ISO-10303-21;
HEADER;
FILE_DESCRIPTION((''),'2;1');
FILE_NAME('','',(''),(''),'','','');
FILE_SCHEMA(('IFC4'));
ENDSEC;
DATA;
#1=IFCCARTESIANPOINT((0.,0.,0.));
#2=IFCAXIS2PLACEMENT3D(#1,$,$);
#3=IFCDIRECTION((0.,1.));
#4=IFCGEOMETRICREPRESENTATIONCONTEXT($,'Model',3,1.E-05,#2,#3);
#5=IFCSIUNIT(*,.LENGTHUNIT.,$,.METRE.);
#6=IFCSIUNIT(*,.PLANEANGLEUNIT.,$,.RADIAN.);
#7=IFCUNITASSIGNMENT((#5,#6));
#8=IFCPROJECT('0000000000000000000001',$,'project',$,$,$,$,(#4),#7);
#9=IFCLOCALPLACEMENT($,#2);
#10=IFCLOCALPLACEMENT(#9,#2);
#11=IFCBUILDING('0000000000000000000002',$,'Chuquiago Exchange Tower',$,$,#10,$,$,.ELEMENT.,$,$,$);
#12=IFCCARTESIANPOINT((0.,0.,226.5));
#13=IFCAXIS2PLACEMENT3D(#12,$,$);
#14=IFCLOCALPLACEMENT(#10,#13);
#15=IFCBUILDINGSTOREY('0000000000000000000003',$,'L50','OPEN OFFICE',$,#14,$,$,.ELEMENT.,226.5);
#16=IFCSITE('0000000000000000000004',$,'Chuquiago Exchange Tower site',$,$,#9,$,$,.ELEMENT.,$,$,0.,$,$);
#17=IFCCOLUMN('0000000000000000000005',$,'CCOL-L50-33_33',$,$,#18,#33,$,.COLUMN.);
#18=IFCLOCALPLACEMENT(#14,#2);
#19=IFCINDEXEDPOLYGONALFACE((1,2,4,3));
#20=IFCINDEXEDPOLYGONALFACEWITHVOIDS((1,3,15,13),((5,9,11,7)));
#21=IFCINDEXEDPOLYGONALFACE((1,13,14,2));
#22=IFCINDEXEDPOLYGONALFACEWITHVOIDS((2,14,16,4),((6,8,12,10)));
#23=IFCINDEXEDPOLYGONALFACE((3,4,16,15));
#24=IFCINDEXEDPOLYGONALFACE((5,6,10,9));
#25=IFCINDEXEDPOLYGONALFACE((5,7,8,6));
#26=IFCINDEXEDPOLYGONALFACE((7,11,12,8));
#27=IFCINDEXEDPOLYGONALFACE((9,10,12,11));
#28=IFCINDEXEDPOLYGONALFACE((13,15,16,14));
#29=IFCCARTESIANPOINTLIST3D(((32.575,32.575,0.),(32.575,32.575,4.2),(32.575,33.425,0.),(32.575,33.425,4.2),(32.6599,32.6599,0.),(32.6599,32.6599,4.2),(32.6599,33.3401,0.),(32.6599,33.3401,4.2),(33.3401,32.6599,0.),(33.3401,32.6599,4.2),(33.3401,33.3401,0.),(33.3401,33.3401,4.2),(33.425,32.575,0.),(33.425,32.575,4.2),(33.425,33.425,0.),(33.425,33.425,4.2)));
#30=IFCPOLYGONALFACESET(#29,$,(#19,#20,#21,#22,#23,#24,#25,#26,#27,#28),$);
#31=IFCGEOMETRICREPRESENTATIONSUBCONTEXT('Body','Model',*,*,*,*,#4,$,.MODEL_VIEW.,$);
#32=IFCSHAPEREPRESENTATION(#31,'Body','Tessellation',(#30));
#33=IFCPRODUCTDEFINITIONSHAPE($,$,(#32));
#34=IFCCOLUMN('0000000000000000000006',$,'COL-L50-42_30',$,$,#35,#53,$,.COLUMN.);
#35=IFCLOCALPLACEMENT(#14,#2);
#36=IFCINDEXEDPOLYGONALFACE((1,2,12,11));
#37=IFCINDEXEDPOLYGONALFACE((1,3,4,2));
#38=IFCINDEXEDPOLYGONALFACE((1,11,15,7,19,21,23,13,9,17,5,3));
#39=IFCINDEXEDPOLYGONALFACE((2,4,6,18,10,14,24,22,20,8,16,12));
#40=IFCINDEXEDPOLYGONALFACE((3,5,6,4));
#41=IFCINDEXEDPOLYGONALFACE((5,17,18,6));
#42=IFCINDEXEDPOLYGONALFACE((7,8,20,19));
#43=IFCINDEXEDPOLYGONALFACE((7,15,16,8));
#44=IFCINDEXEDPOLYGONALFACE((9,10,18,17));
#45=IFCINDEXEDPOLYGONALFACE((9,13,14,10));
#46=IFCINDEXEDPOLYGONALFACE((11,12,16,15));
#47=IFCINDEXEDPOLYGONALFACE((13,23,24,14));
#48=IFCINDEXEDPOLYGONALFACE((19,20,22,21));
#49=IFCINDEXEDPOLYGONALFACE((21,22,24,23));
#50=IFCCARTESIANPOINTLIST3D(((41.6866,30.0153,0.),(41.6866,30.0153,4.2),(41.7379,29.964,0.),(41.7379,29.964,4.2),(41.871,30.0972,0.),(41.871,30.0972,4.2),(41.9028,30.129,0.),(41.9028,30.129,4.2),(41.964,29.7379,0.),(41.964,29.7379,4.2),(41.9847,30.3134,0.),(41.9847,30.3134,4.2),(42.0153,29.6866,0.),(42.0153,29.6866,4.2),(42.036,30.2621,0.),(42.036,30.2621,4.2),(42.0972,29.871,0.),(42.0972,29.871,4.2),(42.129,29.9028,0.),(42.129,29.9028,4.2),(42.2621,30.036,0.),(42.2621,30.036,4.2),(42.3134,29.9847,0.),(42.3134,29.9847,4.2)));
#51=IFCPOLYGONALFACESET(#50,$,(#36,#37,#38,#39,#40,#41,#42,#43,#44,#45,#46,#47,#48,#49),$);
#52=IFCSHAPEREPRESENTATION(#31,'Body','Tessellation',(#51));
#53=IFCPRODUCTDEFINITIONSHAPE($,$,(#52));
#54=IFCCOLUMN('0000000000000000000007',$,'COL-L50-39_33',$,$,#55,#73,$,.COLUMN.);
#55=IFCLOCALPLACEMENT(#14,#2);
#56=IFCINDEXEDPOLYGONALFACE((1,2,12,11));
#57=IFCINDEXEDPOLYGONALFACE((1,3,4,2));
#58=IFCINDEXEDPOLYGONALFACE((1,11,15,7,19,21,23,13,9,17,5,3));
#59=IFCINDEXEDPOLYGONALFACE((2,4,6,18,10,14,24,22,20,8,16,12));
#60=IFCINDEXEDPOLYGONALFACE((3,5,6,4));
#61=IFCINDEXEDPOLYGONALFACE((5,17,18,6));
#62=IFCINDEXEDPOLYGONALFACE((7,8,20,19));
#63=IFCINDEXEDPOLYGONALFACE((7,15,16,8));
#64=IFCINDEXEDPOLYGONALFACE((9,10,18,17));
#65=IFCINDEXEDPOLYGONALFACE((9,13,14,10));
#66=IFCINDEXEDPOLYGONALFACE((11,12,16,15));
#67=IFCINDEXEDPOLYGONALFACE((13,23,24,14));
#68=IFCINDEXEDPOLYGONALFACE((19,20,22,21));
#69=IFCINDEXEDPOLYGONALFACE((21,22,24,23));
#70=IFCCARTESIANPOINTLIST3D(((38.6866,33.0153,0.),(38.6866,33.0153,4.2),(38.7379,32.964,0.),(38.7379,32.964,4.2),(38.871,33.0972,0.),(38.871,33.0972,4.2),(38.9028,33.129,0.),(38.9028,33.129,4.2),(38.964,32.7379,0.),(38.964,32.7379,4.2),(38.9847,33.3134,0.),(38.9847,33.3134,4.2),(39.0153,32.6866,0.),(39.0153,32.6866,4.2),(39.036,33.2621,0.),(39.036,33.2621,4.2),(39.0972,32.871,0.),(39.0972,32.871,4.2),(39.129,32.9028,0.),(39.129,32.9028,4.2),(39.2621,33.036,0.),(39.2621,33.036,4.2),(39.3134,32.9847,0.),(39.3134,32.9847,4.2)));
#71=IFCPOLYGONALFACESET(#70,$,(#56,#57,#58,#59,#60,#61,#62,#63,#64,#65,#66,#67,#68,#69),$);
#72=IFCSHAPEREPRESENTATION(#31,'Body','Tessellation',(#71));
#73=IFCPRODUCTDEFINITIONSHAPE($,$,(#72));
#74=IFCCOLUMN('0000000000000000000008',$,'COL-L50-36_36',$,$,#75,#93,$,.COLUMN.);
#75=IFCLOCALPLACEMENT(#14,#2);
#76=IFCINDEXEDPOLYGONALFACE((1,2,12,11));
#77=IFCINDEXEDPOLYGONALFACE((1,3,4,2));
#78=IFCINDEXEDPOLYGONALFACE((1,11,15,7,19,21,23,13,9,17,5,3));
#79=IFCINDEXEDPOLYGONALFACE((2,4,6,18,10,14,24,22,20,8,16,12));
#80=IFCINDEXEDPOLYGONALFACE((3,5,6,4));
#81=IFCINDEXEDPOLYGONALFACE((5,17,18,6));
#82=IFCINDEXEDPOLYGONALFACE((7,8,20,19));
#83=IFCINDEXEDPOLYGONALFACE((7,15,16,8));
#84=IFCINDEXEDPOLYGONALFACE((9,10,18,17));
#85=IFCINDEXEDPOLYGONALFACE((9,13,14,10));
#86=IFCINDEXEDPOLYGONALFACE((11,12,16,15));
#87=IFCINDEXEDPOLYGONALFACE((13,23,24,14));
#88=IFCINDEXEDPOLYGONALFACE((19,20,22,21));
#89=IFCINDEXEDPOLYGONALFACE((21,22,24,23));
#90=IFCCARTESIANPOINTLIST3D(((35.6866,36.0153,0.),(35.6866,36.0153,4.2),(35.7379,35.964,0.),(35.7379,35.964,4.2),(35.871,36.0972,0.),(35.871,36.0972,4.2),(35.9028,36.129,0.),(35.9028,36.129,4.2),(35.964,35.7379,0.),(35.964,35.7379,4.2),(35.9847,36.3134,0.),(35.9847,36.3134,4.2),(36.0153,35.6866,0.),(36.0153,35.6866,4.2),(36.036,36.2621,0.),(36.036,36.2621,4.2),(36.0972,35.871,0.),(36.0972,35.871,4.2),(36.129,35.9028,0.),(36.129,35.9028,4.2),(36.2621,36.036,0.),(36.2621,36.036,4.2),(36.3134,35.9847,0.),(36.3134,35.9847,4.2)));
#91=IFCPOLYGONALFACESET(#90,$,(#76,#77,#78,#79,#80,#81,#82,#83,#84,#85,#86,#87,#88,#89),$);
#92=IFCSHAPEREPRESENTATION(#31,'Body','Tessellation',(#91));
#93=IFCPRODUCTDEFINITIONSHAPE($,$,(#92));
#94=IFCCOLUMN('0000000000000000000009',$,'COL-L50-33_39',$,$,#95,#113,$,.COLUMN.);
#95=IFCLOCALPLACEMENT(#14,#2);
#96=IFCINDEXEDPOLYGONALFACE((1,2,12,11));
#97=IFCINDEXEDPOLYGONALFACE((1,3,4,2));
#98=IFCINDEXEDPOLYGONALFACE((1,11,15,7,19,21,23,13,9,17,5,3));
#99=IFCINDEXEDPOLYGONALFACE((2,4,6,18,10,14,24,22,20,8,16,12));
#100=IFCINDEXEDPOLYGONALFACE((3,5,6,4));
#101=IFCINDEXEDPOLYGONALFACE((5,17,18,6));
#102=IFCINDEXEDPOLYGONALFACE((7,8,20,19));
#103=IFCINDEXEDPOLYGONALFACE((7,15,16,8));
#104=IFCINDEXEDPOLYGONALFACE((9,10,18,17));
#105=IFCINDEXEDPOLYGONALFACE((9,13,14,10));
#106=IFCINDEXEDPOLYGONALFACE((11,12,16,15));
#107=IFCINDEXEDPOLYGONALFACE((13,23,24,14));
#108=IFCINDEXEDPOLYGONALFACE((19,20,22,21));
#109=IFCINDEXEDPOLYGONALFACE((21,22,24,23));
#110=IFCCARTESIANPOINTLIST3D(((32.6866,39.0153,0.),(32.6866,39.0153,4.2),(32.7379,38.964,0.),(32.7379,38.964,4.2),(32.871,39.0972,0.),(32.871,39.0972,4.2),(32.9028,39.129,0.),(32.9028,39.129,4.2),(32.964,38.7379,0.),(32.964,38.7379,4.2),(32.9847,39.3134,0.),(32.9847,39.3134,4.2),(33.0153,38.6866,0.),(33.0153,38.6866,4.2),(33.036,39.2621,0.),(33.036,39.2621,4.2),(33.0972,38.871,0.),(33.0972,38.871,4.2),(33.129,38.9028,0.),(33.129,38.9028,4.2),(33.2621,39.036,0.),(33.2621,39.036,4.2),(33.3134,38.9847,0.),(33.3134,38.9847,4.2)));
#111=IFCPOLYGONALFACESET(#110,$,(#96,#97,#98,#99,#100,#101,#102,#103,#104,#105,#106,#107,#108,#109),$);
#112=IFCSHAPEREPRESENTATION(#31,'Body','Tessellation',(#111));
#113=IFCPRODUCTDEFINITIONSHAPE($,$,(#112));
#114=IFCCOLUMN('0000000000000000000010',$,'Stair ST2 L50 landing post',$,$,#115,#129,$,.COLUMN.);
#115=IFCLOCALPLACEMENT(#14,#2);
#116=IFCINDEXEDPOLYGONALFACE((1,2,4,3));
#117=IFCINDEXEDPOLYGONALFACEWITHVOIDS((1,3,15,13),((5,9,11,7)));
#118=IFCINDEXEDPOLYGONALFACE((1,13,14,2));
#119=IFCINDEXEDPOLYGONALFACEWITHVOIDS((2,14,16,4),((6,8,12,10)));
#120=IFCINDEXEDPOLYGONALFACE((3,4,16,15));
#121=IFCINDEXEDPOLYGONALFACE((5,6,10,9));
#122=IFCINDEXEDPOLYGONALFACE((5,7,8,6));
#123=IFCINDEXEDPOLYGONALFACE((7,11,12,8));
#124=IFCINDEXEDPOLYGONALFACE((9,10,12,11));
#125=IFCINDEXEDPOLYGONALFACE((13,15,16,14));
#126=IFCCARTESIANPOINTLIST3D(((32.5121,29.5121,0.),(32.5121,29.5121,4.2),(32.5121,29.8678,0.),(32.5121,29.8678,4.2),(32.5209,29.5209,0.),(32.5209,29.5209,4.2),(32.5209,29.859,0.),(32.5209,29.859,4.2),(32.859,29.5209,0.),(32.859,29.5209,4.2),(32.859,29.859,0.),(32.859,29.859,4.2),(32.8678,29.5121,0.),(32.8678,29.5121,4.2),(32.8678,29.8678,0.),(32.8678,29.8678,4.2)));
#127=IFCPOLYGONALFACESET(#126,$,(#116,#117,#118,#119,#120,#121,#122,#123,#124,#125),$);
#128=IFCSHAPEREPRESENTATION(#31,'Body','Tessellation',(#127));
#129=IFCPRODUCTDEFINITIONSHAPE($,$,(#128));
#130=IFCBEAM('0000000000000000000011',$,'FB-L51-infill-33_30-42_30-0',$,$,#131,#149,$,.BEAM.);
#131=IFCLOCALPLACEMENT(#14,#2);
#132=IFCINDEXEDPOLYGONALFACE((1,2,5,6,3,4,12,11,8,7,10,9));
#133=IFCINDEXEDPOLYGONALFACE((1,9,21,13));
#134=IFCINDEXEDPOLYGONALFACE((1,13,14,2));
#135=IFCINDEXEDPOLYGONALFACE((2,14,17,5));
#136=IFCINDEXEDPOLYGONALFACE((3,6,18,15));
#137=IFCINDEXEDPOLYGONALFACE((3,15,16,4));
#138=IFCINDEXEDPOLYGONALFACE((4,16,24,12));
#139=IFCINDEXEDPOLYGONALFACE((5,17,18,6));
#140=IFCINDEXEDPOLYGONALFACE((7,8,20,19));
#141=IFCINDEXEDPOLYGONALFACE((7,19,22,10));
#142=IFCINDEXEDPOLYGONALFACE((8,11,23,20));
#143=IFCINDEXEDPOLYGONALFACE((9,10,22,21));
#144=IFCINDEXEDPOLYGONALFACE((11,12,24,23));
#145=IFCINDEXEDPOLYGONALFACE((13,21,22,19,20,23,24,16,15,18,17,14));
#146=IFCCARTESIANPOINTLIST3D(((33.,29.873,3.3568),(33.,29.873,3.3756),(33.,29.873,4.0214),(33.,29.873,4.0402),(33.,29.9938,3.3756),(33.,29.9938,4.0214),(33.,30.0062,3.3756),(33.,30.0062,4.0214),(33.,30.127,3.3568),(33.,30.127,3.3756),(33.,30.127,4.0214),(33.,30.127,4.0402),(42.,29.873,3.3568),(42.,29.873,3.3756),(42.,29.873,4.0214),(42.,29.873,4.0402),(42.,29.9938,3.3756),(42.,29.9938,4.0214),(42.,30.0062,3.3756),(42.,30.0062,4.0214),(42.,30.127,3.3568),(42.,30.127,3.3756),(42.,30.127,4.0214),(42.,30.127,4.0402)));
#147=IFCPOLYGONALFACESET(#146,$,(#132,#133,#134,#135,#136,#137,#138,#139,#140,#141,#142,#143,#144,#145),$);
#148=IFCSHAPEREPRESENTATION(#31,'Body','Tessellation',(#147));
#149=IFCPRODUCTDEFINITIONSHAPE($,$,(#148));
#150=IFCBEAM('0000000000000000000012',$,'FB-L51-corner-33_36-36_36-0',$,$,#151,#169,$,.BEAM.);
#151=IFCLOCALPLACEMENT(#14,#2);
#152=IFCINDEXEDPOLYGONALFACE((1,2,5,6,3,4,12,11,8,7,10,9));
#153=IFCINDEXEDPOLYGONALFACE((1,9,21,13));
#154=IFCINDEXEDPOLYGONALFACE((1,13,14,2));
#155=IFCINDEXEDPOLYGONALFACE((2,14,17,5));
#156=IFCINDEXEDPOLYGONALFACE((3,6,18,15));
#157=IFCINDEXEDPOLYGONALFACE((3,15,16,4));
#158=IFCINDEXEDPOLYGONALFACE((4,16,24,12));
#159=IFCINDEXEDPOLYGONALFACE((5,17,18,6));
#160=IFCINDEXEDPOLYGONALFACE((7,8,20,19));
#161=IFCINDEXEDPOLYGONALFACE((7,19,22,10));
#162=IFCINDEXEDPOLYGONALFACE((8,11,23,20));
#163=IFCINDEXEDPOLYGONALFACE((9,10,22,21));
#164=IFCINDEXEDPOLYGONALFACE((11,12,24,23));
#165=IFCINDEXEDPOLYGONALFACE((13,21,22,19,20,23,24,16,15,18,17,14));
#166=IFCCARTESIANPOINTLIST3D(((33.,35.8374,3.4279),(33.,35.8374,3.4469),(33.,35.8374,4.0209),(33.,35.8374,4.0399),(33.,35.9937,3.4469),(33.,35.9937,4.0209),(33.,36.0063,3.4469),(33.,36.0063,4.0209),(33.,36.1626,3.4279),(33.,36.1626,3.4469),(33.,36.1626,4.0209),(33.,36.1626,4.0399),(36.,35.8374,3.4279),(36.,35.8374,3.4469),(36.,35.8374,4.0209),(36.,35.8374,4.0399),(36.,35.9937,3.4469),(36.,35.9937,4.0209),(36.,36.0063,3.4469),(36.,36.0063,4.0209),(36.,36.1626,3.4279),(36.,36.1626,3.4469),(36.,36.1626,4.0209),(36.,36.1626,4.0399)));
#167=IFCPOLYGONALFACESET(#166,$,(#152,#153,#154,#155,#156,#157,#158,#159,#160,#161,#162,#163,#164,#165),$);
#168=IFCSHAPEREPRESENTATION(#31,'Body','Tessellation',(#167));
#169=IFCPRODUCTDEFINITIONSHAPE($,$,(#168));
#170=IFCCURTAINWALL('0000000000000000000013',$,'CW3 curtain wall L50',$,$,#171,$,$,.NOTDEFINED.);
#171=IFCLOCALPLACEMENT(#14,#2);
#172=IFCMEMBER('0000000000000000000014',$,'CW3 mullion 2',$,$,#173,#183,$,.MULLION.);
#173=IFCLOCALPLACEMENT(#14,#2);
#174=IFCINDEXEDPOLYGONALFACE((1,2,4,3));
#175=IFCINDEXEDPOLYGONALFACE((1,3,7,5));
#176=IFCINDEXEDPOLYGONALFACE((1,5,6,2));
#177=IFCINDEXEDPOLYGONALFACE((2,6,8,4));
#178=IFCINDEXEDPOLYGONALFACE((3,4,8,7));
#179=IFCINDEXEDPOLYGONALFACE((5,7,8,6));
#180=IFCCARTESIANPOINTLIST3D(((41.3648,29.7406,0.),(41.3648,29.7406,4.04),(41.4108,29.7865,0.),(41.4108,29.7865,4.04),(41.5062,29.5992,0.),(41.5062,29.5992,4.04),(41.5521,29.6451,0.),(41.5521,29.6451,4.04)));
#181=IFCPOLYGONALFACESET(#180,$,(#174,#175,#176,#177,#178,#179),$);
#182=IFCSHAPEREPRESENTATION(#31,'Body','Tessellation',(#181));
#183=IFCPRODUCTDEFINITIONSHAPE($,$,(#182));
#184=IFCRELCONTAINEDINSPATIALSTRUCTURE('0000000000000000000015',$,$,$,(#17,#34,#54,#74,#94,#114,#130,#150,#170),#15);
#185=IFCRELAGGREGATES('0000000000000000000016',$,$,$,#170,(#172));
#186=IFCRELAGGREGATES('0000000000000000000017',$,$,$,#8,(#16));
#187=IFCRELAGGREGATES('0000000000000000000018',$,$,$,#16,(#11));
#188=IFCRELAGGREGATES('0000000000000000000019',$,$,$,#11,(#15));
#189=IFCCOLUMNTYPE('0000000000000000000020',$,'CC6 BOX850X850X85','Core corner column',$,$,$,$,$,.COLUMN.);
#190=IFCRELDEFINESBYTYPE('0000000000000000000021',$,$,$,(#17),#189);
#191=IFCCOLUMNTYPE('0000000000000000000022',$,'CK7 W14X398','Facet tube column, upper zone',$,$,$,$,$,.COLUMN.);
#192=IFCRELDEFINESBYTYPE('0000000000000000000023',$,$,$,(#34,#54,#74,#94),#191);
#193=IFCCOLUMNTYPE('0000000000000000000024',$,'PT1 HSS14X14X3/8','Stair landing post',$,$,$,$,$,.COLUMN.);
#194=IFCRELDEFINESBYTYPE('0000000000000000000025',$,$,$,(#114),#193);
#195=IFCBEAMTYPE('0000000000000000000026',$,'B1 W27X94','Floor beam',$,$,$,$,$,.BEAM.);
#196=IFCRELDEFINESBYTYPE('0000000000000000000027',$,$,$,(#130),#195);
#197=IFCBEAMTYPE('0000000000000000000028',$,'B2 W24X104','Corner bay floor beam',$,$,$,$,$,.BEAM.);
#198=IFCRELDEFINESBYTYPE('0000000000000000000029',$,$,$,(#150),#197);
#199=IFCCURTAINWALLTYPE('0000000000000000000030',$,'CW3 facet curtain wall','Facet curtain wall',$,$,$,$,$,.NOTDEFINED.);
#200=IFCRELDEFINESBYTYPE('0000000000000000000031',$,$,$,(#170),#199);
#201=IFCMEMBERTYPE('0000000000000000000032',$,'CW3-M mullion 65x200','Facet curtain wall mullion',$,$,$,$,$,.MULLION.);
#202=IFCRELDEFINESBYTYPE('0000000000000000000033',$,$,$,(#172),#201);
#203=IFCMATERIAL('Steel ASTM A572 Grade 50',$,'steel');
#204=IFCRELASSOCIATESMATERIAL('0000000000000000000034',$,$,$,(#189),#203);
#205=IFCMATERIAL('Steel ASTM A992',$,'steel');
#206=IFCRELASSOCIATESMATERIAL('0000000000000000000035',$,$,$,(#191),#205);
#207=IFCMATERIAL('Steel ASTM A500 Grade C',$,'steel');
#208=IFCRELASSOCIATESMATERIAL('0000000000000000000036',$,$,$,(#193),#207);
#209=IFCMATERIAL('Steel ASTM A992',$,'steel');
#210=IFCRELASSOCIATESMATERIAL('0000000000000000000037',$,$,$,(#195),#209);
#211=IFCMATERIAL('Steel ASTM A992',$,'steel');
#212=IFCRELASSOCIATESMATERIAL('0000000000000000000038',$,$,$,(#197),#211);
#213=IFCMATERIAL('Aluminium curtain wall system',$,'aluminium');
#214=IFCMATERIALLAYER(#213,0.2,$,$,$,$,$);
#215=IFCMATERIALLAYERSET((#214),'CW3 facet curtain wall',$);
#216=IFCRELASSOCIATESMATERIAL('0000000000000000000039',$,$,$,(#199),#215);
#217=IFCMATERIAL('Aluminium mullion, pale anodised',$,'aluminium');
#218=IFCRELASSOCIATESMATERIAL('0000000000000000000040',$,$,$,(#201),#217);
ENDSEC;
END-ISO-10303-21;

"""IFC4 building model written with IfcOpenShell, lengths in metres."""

from ifc_helpers import new_model, si_unit, direction, frame, origin, origin_2d, place, context, subcontext, project, spatial, rectangle, hollow_rectangle, i_section, extrude, material, layer, layer_set, material_profile, profile_set, type_object, element, aggregate, save


model = new_model("IFC4")

# Units and contexts
model_context = context("Model", 3, precision=1e-05, world=origin(), true_north=direction((0.0, 1.0)))
body_context = subcontext(model_context, "Body", "Model", "MODEL_VIEW")
ifc_project = project(units=[si_unit("LENGTHUNIT", "METRE"), si_unit("PLANEANGLEUNIT", "RADIAN")], contexts=[model_context])

# Site, building, storey
site_placement = place(None, origin())
site = spatial("IfcSite", under=ifc_project, at=site_placement, Name="Chuquiago Exchange Tower site", CompositionType="ELEMENT", RefElevation=0.0)
building_placement = place(site_placement, origin())
building = spatial("IfcBuilding", under=site, at=building_placement, Name="Chuquiago Exchange Tower", CompositionType="ELEMENT")
storey_placement = place(building_placement, frame((0.0, 0.0, 226.5)))
storey = spatial("IfcBuildingStorey", under=building, at=storey_placement, Name="L50", Description="OPEN OFFICE", CompositionType="ELEMENT", Elevation=226.5)

# Columns
ifc_material_1 = material(Name="Steel ASTM A572 Grade 50", Category="steel")
ifc_material_profile_1 = material_profile(ifc_material_1, hollow_rectangle(XDim=0.8501, YDim=0.8501, WallThickness=0.085, at=origin_2d()), Name="BOX850X850X85")
ifc_profile_set_1 = profile_set([ifc_material_profile_1], Name="Steel ASTM A572 Grade 50")
column_type_1 = type_object("IfcColumnType", Name="CC6 BOX850X850X85", Description="Core corner column", PredefinedType="COLUMN", material=ifc_profile_set_1)
column_1_placement = place(storey_placement, frame((33.0, 33.0, 0.0), z_axis=(0.0, 0.0, 1.0), x_axis=(1.0, 0.0, 0.0)))
element("IfcColumn", 1, at=column_1_placement, inside=storey, type_object=column_type_1, Name="CCOL-L50-33_33", PredefinedType="COLUMN", context=body_context, shape_type="SweptSolid", body=[
    extrude(hollow_rectangle(XDim=0.8501, YDim=0.8501, WallThickness=0.085, at=origin_2d()), origin(), (0.0, 0.0, 1.0), 4.2),
])
ifc_material_2 = material(Name="Steel ASTM A992", Category="steel")
ifc_material_profile_2 = material_profile(ifc_material_2, i_section(OverallWidth=0.4216, OverallDepth=0.4648, WebThickness=0.0449, FlangeThickness=0.0725, at=origin_2d()), Name="W14X398")
ifc_profile_set_2 = profile_set([ifc_material_profile_2], Name="Steel ASTM A992")
column_type_2 = type_object("IfcColumnType", Name="CK7 W14X398", Description="Facet tube column, upper zone", PredefinedType="COLUMN", material=ifc_profile_set_2)
for number, where, z_axis, x_axis, name in (
    (2, (42.0, 30.0, 0.0), (0.0, 0.0, 1.0), (0.707107, 0.707107, 0.0), "COL-L50-42_30"),
    (3, (39.0, 33.0, 0.0), (0.0, 0.0, 1.0), (0.707107, 0.707107, 0.0), "COL-L50-39_33"),
    (4, (36.0, 36.0, 0.0), (0.0, 0.0, 1.0), (0.707107, 0.707107, 0.0), "COL-L50-36_36"),
    (5, (33.0, 39.0, 0.0), (0.0, 0.0, 1.0), (0.707107, 0.707107, 0.0), "COL-L50-33_39"),
):
    element("IfcColumn", number, at=place(storey_placement, frame(where, z_axis=z_axis, x_axis=x_axis)), inside=storey, type_object=column_type_2, Name=name, PredefinedType="COLUMN", context=body_context, shape_type="SweptSolid", body=[
        extrude(i_section(OverallWidth=0.4216, OverallDepth=0.4648, WebThickness=0.0449, FlangeThickness=0.0725, at=origin_2d()), origin(), (0.0, 0.0, 1.0), 4.2),
    ])
ifc_material_3 = material(Name="Steel ASTM A500 Grade C", Category="steel")
ifc_material_profile_3 = material_profile(ifc_material_3, hollow_rectangle(XDim=0.3557, YDim=0.3557, WallThickness=0.0088, at=origin_2d()), Name="HSS14X14X3/8")
ifc_profile_set_3 = profile_set([ifc_material_profile_3], Name="Steel ASTM A500 Grade C")
column_type_3 = type_object("IfcColumnType", Name="PT1 HSS14X14X3/8", Description="Stair landing post", PredefinedType="COLUMN", material=ifc_profile_set_3)
column_2_placement = place(storey_placement, frame((32.6899, 29.6899, 0.0), z_axis=(0.0, 0.0, 1.0), x_axis=(1.0, 0.0, 0.0)))
element("IfcColumn", 6, at=column_2_placement, inside=storey, type_object=column_type_3, Name="Stair ST2 L50 landing post", PredefinedType="COLUMN", context=body_context, shape_type="SweptSolid", body=[
    extrude(hollow_rectangle(XDim=0.3557, YDim=0.3557, WallThickness=0.0088, at=origin_2d()), origin(), (0.0, 0.0, 1.0), 4.2),
])

# Beams
ifc_material_4 = material(Name="Steel ASTM A992", Category="steel")
ifc_material_profile_4 = material_profile(ifc_material_4, i_section(OverallWidth=0.2539, OverallDepth=0.6833, WebThickness=0.0125, FlangeThickness=0.0188, at=origin_2d()), Name="W27X94")
ifc_profile_set_4 = profile_set([ifc_material_profile_4], Name="Steel ASTM A992")
beam_type_1 = type_object("IfcBeamType", Name="B1 W27X94", Description="Floor beam", PredefinedType="BEAM", material=ifc_profile_set_4)
beam_1_placement = place(storey_placement, frame((33.0, 30.0, 3.6985), z_axis=(1.0, 0.0, 0.0), x_axis=(0.0, 1.0, 0.0)))
element("IfcBeam", 7, at=beam_1_placement, inside=storey, type_object=beam_type_1, Name="FB-L51-infill-33_30-42_30-0", PredefinedType="BEAM", context=body_context, shape_type="SweptSolid", body=[
    extrude(i_section(OverallWidth=0.2539, OverallDepth=0.6833, WebThickness=0.0125, FlangeThickness=0.0188, at=origin_2d()), origin(), (0.0, 0.0, 1.0), 9.0),
])
ifc_material_5 = material(Name="Steel ASTM A992", Category="steel")
ifc_material_profile_5 = material_profile(ifc_material_5, i_section(OverallWidth=0.3252, OverallDepth=0.6121, WebThickness=0.0127, FlangeThickness=0.019, at=origin_2d()), Name="W24X104")
ifc_profile_set_5 = profile_set([ifc_material_profile_5], Name="Steel ASTM A992")
beam_type_2 = type_object("IfcBeamType", Name="B2 W24X104", Description="Corner bay floor beam", PredefinedType="BEAM", material=ifc_profile_set_5)
beam_2_placement = place(storey_placement, frame((33.0, 36.0, 3.7339), z_axis=(1.0, 0.0, 0.0), x_axis=(0.0, 1.0, 0.0)))
element("IfcBeam", 8, at=beam_2_placement, inside=storey, type_object=beam_type_2, Name="FB-L51-corner-33_36-36_36-0", PredefinedType="BEAM", context=body_context, shape_type="SweptSolid", body=[
    extrude(i_section(OverallWidth=0.3252, OverallDepth=0.6121, WebThickness=0.0127, FlangeThickness=0.019, at=origin_2d()), origin(), (0.0, 0.0, 1.0), 3.0),
])

# Curtain wall, member
ifc_material_6 = material(Name="Aluminium curtain wall system", Category="aluminium")
ifc_layer_1 = layer(ifc_material_6, 0.2)
ifc_layer_set_1 = layer_set([ifc_layer_1], Name="CW3 facet curtain wall")
curtain_wall_type = type_object("IfcCurtainWallType", Name="CW3 facet curtain wall", Description="Facet curtain wall", PredefinedType="NOTDEFINED", material=ifc_layer_set_1)
curtain_wall_placement = place(storey_placement, origin())
curtain_wall = element("IfcCurtainWall", 9, at=curtain_wall_placement, inside=storey, type_object=curtain_wall_type, Name="CW3 curtain wall L50", PredefinedType="NOTDEFINED")
ifc_material_7 = material(Name="Aluminium mullion, pale anodised", Category="aluminium")
ifc_material_profile_6 = material_profile(ifc_material_7, rectangle(XDim=0.0649, YDim=0.2, at=origin_2d()), Name="AL 65x200")
ifc_profile_set_6 = profile_set([ifc_material_profile_6], Name="Aluminium mullion, pale anodised")
member_type_1 = type_object("IfcMemberType", Name="CW3-M mullion 65x200", Description="Facet curtain wall mullion", PredefinedType="MULLION", material=ifc_profile_set_6)
member_1_placement = place(storey_placement, frame((41.4585, 29.6929, 0.0), z_axis=(0.0, 0.0, 1.0), x_axis=(-0.707107, -0.707107, 0.0)))
member_1 = element("IfcMember", 10, at=member_1_placement, type_object=member_type_1, Name="CW3 mullion 2", PredefinedType="MULLION", context=body_context, shape_type="SweptSolid", body=[
    extrude(rectangle(XDim=0.0649, YDim=0.2, at=origin_2d()), origin(), (0.0, 0.0, 1.0), 4.04),
])

aggregate(curtain_wall, [member_1])

save(model, "model.ifc")
